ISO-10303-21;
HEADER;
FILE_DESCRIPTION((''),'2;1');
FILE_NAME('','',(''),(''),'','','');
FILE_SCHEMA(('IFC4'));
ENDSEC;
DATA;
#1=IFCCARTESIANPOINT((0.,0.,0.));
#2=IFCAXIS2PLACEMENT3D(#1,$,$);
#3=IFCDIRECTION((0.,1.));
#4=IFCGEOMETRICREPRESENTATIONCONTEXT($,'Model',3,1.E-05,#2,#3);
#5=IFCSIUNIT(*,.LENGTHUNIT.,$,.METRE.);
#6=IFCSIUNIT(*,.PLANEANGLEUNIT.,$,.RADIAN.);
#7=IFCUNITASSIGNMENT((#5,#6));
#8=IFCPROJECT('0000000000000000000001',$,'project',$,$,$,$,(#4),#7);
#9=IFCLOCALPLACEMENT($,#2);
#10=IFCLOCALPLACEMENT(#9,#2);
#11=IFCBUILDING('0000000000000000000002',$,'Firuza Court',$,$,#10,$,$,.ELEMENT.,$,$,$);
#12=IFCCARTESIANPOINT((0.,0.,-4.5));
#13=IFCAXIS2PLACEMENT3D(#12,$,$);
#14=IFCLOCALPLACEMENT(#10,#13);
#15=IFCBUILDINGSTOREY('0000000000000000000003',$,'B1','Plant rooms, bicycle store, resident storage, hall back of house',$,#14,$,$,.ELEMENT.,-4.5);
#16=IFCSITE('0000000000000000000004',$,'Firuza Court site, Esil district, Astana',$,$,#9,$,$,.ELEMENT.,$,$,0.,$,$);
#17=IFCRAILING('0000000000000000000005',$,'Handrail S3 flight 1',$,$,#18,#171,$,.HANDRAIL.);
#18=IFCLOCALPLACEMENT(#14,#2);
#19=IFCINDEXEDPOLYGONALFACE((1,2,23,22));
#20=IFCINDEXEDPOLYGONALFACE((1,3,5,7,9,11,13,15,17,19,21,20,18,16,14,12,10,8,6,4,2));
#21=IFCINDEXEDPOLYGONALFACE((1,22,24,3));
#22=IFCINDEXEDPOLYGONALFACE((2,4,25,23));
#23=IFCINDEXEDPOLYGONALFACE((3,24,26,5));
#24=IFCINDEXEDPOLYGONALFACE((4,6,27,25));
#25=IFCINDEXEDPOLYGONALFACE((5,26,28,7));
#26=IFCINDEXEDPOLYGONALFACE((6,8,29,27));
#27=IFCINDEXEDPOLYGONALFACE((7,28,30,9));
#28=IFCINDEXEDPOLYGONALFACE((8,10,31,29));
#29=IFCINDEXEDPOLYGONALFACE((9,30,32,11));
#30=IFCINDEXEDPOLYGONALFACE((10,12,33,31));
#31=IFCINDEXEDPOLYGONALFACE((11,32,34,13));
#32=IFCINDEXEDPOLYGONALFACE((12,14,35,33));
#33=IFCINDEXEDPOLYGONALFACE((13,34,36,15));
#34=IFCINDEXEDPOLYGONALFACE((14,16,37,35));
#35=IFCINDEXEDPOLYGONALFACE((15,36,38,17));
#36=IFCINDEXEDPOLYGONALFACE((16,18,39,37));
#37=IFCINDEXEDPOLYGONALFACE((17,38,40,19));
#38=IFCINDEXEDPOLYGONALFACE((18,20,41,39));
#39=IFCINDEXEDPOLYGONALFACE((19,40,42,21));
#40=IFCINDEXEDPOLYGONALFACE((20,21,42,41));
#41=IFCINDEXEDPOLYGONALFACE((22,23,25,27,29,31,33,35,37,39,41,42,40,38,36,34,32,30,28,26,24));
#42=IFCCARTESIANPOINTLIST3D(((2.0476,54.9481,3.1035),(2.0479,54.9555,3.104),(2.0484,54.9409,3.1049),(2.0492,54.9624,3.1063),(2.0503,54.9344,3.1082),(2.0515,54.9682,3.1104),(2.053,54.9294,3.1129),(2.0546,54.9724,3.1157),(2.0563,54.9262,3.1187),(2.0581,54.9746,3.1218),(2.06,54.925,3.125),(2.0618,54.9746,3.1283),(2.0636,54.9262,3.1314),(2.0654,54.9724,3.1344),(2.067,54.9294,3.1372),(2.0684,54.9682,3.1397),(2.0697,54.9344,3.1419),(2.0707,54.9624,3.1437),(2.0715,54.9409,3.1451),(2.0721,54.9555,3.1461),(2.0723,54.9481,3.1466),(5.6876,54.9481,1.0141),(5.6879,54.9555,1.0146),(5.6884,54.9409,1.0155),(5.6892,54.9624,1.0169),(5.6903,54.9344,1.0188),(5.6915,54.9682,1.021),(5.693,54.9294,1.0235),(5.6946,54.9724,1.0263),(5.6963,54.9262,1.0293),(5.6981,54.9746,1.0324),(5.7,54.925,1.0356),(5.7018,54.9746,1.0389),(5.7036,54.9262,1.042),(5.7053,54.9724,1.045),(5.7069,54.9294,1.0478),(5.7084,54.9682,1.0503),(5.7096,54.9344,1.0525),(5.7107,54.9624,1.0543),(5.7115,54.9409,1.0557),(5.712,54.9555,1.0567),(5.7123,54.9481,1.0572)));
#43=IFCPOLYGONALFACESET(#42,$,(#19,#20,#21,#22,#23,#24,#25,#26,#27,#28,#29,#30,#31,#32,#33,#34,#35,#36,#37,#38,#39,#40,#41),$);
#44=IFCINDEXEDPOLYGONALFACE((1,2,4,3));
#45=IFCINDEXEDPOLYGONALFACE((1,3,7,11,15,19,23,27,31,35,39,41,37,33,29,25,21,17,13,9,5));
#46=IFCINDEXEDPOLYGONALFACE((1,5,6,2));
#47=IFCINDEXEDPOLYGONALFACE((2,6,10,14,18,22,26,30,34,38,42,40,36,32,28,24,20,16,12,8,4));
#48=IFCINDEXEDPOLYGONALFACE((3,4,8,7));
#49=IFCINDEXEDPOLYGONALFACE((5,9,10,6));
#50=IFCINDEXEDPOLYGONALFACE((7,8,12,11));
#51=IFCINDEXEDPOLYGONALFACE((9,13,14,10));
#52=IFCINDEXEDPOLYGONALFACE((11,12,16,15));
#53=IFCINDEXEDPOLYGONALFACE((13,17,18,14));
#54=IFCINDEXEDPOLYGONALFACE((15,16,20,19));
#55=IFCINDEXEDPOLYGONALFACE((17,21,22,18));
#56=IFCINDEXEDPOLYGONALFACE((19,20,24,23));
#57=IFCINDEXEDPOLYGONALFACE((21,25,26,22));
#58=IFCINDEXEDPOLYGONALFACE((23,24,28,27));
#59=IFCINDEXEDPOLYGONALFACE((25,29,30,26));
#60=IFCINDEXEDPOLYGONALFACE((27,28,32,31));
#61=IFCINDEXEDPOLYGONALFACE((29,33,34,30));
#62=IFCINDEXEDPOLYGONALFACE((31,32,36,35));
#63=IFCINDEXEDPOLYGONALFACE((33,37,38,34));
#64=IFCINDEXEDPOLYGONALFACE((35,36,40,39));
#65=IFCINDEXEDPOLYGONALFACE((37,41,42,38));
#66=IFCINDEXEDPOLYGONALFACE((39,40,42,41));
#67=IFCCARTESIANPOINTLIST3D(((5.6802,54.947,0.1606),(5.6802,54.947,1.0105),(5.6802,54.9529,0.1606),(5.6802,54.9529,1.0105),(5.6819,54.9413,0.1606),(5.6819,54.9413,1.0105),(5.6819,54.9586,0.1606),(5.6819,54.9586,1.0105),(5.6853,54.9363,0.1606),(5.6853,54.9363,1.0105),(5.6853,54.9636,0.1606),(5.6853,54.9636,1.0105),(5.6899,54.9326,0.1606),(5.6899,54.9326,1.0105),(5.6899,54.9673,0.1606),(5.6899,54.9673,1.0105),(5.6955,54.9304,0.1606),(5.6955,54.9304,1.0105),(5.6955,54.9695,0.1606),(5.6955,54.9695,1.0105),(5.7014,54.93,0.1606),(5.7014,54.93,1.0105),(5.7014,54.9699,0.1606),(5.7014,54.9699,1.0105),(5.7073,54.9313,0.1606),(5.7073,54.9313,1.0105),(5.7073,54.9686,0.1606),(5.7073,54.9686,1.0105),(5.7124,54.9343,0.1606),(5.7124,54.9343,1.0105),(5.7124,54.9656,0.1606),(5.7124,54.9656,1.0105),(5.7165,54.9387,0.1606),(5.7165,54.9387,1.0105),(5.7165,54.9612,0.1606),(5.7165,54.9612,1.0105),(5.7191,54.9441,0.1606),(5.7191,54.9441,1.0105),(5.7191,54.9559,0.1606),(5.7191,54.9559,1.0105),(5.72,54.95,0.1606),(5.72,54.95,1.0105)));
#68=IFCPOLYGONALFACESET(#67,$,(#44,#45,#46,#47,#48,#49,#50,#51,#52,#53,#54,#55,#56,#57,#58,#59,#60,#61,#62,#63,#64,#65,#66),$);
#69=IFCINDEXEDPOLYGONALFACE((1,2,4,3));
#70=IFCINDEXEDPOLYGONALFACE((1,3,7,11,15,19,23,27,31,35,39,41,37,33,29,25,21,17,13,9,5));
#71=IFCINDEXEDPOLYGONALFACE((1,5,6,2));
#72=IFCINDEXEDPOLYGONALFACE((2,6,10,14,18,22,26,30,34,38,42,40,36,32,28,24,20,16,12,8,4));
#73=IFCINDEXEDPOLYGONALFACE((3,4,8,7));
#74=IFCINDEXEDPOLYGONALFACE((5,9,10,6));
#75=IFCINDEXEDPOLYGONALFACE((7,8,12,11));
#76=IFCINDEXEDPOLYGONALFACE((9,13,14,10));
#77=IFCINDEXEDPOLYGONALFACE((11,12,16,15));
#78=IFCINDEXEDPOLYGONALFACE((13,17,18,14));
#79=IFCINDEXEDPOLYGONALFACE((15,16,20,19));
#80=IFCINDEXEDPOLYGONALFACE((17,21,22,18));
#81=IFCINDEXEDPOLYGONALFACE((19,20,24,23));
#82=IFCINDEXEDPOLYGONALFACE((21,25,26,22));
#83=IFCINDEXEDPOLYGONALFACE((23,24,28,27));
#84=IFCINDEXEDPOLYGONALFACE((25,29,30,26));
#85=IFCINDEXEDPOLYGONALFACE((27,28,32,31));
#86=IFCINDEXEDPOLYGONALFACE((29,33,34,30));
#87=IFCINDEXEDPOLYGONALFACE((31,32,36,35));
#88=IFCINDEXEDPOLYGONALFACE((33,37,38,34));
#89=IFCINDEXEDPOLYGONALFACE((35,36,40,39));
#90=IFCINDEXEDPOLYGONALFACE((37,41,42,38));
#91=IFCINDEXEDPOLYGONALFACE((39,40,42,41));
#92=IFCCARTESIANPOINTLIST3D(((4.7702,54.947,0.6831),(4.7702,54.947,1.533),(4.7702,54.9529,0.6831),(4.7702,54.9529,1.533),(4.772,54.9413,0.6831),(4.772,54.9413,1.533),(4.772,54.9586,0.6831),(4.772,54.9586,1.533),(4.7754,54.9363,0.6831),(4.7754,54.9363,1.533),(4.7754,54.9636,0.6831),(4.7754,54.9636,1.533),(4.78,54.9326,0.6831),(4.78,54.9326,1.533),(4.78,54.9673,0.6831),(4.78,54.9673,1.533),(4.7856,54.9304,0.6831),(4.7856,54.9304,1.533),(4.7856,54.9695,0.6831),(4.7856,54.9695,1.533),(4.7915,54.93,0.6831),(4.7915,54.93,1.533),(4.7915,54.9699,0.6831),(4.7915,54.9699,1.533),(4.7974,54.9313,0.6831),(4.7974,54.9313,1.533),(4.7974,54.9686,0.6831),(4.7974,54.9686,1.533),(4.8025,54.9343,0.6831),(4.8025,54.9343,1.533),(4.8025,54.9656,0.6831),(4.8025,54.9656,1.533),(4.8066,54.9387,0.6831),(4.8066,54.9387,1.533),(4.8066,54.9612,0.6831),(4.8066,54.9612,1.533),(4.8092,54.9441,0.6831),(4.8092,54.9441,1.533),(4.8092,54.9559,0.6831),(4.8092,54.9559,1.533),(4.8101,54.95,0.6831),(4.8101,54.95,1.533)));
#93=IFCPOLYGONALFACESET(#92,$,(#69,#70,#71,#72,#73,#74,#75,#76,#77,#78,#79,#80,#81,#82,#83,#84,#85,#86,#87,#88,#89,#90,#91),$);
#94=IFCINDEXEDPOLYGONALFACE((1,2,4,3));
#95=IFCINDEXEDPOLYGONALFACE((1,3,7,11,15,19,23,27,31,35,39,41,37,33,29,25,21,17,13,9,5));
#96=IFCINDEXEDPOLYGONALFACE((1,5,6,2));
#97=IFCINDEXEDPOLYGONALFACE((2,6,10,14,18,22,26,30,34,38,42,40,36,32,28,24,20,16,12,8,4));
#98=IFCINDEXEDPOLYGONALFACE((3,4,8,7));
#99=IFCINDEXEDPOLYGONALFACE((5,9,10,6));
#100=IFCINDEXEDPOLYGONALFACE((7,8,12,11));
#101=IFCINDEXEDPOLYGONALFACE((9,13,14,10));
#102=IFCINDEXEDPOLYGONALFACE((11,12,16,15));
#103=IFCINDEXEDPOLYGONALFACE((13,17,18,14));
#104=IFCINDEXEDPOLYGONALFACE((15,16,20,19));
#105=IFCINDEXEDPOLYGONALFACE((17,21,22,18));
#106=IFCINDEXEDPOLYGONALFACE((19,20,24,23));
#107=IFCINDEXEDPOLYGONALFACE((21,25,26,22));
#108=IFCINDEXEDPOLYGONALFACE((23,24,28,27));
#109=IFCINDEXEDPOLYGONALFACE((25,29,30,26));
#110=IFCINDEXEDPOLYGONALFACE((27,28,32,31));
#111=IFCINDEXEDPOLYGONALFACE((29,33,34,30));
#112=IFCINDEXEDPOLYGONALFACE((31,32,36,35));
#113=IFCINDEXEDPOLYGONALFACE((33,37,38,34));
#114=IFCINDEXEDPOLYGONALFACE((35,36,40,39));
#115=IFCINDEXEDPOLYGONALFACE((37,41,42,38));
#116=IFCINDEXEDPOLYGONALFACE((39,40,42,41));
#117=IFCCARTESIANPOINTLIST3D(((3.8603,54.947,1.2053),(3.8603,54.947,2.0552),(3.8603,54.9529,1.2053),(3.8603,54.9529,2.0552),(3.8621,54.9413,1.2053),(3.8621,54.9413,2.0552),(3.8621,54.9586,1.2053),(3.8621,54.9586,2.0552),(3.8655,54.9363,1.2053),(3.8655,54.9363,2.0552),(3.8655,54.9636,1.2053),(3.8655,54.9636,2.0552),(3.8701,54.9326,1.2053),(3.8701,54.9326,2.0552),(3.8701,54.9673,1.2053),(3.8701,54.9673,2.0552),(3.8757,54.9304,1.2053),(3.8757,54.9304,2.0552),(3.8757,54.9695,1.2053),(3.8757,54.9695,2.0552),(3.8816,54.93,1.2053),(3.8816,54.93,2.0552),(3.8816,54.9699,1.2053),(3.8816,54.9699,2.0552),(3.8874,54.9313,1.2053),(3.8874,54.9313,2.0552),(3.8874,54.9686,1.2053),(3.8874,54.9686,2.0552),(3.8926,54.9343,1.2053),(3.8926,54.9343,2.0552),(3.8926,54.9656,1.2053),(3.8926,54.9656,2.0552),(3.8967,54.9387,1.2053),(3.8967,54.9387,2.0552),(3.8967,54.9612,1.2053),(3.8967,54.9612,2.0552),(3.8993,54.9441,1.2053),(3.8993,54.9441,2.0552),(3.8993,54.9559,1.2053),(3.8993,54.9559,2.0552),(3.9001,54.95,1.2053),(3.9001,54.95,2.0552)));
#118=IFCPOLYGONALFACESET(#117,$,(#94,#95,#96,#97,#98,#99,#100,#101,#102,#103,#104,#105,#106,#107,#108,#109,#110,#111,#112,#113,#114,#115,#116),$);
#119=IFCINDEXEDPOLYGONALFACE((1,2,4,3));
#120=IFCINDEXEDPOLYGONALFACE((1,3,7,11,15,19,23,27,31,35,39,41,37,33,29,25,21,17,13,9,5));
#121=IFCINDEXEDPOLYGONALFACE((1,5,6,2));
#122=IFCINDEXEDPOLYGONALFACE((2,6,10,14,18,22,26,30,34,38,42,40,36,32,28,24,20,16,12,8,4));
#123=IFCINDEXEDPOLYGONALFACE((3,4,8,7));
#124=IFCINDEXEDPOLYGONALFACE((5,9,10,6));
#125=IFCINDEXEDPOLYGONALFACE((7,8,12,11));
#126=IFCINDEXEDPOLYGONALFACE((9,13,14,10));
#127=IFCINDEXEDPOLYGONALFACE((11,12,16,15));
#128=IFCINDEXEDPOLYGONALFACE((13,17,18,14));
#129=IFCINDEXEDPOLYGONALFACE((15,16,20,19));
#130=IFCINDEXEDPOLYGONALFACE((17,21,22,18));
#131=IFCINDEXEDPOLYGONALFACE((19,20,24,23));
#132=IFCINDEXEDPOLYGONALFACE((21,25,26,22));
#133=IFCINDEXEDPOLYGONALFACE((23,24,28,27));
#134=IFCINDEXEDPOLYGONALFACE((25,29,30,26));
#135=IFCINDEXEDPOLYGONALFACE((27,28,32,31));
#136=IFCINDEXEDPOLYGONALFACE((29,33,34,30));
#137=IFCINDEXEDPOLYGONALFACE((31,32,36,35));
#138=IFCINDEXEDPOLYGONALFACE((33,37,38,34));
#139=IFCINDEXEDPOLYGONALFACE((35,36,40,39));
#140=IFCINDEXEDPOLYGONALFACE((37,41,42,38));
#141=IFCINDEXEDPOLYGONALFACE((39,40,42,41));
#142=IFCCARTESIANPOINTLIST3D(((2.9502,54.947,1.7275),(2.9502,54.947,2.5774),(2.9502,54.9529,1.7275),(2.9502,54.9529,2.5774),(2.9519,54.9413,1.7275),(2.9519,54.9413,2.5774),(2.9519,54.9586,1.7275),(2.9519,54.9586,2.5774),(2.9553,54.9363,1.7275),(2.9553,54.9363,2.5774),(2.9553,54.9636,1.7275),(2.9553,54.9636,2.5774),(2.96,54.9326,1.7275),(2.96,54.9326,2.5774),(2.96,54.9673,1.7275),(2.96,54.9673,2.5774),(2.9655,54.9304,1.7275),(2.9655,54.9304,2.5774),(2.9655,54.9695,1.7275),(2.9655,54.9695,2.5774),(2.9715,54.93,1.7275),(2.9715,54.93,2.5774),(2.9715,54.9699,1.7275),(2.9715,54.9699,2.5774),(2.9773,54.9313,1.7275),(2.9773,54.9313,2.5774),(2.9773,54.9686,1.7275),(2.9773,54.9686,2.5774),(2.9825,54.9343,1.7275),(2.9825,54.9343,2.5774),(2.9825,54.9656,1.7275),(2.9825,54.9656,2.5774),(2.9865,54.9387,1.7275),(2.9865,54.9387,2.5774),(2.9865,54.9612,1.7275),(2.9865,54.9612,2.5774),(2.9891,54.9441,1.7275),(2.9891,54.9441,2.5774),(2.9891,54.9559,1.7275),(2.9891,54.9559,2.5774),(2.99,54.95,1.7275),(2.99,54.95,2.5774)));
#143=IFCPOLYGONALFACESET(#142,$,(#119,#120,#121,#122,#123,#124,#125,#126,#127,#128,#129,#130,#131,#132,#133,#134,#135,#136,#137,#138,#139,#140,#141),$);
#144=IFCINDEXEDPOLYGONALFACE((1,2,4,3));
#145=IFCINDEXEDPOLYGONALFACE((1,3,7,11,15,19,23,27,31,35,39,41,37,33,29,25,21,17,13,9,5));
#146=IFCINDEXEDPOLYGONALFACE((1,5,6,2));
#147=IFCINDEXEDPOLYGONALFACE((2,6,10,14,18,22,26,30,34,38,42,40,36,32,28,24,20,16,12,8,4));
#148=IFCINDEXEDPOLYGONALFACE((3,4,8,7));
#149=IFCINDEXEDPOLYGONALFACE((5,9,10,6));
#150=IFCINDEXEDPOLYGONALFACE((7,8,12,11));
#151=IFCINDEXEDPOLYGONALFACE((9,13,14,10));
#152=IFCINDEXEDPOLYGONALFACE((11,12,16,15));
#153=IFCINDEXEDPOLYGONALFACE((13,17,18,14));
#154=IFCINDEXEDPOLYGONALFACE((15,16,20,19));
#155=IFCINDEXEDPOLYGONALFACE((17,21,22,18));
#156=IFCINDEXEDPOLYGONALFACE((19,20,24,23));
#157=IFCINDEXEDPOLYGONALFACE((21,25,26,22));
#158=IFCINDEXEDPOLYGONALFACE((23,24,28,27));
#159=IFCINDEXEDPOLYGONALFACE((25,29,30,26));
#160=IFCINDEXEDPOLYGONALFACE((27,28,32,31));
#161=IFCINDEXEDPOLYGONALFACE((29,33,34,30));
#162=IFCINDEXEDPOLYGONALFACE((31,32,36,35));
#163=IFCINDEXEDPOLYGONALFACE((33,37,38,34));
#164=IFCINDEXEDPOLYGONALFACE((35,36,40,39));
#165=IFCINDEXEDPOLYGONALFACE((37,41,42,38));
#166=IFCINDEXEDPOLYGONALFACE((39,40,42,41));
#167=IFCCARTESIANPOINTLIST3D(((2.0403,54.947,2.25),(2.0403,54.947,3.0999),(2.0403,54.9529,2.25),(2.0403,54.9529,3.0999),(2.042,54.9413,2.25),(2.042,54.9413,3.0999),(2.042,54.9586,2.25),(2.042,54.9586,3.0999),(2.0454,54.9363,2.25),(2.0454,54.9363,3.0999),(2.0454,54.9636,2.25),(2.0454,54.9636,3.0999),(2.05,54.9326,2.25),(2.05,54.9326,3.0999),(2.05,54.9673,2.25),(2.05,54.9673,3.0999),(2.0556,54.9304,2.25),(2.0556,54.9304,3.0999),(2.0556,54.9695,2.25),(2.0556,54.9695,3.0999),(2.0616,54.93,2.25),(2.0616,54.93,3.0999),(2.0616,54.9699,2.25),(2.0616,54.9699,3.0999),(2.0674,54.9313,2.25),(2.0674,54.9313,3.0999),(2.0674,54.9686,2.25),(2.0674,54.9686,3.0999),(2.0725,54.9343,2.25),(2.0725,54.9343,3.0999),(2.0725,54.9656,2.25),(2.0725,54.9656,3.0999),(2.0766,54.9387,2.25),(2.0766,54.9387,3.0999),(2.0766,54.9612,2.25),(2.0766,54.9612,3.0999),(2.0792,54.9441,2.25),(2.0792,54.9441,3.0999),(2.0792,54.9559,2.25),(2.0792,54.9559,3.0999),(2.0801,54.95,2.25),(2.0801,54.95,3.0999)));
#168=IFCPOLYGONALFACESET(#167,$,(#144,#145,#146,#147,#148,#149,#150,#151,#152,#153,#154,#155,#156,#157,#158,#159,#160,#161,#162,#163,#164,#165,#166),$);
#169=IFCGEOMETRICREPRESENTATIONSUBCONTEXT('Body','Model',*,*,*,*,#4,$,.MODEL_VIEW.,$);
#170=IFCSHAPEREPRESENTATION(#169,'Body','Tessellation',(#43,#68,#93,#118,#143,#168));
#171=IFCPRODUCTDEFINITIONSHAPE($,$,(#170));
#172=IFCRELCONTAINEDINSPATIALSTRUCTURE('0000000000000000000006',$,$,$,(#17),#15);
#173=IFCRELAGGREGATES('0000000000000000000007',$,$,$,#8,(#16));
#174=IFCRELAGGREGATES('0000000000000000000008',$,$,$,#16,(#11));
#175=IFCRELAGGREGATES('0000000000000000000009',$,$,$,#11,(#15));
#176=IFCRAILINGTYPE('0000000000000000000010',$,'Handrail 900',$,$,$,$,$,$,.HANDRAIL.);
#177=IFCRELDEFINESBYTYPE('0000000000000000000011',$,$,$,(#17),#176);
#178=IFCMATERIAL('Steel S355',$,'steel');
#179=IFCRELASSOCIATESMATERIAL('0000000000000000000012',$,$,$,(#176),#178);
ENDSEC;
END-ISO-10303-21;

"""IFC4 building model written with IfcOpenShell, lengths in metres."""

from ifc_helpers import new_model, si_unit, direction, frame, origin, origin_2d, place, context, subcontext, project, spatial, circle, extrude, material, type_object, element, save


model = new_model("IFC4")

# Units and contexts
model_context = context("Model", 3, precision=1e-05, world=origin(), true_north=direction((0.0, 1.0)))
body_context = subcontext(model_context, "Body", "Model", "MODEL_VIEW")
ifc_project = project(units=[si_unit("LENGTHUNIT", "METRE"), si_unit("PLANEANGLEUNIT", "RADIAN")], contexts=[model_context])

# Site, building, storey
site_placement = place(None, origin())
site = spatial("IfcSite", under=ifc_project, at=site_placement, Name="Firuza Court site, Esil district, Astana", CompositionType="ELEMENT", RefElevation=0.0)
building_placement = place(site_placement, origin())
building = spatial("IfcBuilding", under=site, at=building_placement, Name="Firuza Court", CompositionType="ELEMENT")
storey_placement = place(building_placement, frame((0.0, 0.0, -4.5)))
storey = spatial("IfcBuildingStorey", under=building, at=storey_placement, Name="B1", Description="Plant rooms, bicycle store, resident storage, hall back of house", CompositionType="ELEMENT", Elevation=-4.5)

# Railing
ifc_material_1 = material(Name="Steel S355", Category="steel")
railing_type_1 = type_object("IfcRailingType", Name="Handrail 900", PredefinedType="HANDRAIL", material=ifc_material_1)
railing_1_placement = place(storey_placement, frame((5.7, 54.95, 0.1606)))
element("IfcRailing", 1, at=railing_1_placement, inside=storey, type_object=railing_type_1, Name="Handrail S3 flight 1", PredefinedType="HANDRAIL", context=body_context, shape_type="SweptSolid", body=[
    extrude(circle(Radius=0.0249, at=origin_2d()), frame((0.0, 0.0, 0.875), z_axis=(-0.867275, 0.0, 0.497829), x_axis=(0.0, -1.0, 0.0)), (0.0, 0.0, 1.0), 4.197),
    extrude(circle(Radius=0.02, at=origin_2d()), origin(), (0.0, 0.0, 1.0), 0.8499),
    extrude(circle(Radius=0.02, at=origin_2d()), frame((-0.9099, 0.0, 0.5225)), (0.0, 0.0, 1.0), 0.8499),
    extrude(circle(Radius=0.02, at=origin_2d()), frame((-1.8198, 0.0, 1.0447)), (0.0, 0.0, 1.0), 0.8499),
    extrude(circle(Radius=0.02, at=origin_2d()), frame((-2.73, 0.0, 1.5669)), (0.0, 0.0, 1.0), 0.8499),
    extrude(circle(Radius=0.02, at=origin_2d()), frame((-3.6399, 0.0, 2.0894)), (0.0, 0.0, 1.0), 0.8499),
])

save(model, "model.ifc")
